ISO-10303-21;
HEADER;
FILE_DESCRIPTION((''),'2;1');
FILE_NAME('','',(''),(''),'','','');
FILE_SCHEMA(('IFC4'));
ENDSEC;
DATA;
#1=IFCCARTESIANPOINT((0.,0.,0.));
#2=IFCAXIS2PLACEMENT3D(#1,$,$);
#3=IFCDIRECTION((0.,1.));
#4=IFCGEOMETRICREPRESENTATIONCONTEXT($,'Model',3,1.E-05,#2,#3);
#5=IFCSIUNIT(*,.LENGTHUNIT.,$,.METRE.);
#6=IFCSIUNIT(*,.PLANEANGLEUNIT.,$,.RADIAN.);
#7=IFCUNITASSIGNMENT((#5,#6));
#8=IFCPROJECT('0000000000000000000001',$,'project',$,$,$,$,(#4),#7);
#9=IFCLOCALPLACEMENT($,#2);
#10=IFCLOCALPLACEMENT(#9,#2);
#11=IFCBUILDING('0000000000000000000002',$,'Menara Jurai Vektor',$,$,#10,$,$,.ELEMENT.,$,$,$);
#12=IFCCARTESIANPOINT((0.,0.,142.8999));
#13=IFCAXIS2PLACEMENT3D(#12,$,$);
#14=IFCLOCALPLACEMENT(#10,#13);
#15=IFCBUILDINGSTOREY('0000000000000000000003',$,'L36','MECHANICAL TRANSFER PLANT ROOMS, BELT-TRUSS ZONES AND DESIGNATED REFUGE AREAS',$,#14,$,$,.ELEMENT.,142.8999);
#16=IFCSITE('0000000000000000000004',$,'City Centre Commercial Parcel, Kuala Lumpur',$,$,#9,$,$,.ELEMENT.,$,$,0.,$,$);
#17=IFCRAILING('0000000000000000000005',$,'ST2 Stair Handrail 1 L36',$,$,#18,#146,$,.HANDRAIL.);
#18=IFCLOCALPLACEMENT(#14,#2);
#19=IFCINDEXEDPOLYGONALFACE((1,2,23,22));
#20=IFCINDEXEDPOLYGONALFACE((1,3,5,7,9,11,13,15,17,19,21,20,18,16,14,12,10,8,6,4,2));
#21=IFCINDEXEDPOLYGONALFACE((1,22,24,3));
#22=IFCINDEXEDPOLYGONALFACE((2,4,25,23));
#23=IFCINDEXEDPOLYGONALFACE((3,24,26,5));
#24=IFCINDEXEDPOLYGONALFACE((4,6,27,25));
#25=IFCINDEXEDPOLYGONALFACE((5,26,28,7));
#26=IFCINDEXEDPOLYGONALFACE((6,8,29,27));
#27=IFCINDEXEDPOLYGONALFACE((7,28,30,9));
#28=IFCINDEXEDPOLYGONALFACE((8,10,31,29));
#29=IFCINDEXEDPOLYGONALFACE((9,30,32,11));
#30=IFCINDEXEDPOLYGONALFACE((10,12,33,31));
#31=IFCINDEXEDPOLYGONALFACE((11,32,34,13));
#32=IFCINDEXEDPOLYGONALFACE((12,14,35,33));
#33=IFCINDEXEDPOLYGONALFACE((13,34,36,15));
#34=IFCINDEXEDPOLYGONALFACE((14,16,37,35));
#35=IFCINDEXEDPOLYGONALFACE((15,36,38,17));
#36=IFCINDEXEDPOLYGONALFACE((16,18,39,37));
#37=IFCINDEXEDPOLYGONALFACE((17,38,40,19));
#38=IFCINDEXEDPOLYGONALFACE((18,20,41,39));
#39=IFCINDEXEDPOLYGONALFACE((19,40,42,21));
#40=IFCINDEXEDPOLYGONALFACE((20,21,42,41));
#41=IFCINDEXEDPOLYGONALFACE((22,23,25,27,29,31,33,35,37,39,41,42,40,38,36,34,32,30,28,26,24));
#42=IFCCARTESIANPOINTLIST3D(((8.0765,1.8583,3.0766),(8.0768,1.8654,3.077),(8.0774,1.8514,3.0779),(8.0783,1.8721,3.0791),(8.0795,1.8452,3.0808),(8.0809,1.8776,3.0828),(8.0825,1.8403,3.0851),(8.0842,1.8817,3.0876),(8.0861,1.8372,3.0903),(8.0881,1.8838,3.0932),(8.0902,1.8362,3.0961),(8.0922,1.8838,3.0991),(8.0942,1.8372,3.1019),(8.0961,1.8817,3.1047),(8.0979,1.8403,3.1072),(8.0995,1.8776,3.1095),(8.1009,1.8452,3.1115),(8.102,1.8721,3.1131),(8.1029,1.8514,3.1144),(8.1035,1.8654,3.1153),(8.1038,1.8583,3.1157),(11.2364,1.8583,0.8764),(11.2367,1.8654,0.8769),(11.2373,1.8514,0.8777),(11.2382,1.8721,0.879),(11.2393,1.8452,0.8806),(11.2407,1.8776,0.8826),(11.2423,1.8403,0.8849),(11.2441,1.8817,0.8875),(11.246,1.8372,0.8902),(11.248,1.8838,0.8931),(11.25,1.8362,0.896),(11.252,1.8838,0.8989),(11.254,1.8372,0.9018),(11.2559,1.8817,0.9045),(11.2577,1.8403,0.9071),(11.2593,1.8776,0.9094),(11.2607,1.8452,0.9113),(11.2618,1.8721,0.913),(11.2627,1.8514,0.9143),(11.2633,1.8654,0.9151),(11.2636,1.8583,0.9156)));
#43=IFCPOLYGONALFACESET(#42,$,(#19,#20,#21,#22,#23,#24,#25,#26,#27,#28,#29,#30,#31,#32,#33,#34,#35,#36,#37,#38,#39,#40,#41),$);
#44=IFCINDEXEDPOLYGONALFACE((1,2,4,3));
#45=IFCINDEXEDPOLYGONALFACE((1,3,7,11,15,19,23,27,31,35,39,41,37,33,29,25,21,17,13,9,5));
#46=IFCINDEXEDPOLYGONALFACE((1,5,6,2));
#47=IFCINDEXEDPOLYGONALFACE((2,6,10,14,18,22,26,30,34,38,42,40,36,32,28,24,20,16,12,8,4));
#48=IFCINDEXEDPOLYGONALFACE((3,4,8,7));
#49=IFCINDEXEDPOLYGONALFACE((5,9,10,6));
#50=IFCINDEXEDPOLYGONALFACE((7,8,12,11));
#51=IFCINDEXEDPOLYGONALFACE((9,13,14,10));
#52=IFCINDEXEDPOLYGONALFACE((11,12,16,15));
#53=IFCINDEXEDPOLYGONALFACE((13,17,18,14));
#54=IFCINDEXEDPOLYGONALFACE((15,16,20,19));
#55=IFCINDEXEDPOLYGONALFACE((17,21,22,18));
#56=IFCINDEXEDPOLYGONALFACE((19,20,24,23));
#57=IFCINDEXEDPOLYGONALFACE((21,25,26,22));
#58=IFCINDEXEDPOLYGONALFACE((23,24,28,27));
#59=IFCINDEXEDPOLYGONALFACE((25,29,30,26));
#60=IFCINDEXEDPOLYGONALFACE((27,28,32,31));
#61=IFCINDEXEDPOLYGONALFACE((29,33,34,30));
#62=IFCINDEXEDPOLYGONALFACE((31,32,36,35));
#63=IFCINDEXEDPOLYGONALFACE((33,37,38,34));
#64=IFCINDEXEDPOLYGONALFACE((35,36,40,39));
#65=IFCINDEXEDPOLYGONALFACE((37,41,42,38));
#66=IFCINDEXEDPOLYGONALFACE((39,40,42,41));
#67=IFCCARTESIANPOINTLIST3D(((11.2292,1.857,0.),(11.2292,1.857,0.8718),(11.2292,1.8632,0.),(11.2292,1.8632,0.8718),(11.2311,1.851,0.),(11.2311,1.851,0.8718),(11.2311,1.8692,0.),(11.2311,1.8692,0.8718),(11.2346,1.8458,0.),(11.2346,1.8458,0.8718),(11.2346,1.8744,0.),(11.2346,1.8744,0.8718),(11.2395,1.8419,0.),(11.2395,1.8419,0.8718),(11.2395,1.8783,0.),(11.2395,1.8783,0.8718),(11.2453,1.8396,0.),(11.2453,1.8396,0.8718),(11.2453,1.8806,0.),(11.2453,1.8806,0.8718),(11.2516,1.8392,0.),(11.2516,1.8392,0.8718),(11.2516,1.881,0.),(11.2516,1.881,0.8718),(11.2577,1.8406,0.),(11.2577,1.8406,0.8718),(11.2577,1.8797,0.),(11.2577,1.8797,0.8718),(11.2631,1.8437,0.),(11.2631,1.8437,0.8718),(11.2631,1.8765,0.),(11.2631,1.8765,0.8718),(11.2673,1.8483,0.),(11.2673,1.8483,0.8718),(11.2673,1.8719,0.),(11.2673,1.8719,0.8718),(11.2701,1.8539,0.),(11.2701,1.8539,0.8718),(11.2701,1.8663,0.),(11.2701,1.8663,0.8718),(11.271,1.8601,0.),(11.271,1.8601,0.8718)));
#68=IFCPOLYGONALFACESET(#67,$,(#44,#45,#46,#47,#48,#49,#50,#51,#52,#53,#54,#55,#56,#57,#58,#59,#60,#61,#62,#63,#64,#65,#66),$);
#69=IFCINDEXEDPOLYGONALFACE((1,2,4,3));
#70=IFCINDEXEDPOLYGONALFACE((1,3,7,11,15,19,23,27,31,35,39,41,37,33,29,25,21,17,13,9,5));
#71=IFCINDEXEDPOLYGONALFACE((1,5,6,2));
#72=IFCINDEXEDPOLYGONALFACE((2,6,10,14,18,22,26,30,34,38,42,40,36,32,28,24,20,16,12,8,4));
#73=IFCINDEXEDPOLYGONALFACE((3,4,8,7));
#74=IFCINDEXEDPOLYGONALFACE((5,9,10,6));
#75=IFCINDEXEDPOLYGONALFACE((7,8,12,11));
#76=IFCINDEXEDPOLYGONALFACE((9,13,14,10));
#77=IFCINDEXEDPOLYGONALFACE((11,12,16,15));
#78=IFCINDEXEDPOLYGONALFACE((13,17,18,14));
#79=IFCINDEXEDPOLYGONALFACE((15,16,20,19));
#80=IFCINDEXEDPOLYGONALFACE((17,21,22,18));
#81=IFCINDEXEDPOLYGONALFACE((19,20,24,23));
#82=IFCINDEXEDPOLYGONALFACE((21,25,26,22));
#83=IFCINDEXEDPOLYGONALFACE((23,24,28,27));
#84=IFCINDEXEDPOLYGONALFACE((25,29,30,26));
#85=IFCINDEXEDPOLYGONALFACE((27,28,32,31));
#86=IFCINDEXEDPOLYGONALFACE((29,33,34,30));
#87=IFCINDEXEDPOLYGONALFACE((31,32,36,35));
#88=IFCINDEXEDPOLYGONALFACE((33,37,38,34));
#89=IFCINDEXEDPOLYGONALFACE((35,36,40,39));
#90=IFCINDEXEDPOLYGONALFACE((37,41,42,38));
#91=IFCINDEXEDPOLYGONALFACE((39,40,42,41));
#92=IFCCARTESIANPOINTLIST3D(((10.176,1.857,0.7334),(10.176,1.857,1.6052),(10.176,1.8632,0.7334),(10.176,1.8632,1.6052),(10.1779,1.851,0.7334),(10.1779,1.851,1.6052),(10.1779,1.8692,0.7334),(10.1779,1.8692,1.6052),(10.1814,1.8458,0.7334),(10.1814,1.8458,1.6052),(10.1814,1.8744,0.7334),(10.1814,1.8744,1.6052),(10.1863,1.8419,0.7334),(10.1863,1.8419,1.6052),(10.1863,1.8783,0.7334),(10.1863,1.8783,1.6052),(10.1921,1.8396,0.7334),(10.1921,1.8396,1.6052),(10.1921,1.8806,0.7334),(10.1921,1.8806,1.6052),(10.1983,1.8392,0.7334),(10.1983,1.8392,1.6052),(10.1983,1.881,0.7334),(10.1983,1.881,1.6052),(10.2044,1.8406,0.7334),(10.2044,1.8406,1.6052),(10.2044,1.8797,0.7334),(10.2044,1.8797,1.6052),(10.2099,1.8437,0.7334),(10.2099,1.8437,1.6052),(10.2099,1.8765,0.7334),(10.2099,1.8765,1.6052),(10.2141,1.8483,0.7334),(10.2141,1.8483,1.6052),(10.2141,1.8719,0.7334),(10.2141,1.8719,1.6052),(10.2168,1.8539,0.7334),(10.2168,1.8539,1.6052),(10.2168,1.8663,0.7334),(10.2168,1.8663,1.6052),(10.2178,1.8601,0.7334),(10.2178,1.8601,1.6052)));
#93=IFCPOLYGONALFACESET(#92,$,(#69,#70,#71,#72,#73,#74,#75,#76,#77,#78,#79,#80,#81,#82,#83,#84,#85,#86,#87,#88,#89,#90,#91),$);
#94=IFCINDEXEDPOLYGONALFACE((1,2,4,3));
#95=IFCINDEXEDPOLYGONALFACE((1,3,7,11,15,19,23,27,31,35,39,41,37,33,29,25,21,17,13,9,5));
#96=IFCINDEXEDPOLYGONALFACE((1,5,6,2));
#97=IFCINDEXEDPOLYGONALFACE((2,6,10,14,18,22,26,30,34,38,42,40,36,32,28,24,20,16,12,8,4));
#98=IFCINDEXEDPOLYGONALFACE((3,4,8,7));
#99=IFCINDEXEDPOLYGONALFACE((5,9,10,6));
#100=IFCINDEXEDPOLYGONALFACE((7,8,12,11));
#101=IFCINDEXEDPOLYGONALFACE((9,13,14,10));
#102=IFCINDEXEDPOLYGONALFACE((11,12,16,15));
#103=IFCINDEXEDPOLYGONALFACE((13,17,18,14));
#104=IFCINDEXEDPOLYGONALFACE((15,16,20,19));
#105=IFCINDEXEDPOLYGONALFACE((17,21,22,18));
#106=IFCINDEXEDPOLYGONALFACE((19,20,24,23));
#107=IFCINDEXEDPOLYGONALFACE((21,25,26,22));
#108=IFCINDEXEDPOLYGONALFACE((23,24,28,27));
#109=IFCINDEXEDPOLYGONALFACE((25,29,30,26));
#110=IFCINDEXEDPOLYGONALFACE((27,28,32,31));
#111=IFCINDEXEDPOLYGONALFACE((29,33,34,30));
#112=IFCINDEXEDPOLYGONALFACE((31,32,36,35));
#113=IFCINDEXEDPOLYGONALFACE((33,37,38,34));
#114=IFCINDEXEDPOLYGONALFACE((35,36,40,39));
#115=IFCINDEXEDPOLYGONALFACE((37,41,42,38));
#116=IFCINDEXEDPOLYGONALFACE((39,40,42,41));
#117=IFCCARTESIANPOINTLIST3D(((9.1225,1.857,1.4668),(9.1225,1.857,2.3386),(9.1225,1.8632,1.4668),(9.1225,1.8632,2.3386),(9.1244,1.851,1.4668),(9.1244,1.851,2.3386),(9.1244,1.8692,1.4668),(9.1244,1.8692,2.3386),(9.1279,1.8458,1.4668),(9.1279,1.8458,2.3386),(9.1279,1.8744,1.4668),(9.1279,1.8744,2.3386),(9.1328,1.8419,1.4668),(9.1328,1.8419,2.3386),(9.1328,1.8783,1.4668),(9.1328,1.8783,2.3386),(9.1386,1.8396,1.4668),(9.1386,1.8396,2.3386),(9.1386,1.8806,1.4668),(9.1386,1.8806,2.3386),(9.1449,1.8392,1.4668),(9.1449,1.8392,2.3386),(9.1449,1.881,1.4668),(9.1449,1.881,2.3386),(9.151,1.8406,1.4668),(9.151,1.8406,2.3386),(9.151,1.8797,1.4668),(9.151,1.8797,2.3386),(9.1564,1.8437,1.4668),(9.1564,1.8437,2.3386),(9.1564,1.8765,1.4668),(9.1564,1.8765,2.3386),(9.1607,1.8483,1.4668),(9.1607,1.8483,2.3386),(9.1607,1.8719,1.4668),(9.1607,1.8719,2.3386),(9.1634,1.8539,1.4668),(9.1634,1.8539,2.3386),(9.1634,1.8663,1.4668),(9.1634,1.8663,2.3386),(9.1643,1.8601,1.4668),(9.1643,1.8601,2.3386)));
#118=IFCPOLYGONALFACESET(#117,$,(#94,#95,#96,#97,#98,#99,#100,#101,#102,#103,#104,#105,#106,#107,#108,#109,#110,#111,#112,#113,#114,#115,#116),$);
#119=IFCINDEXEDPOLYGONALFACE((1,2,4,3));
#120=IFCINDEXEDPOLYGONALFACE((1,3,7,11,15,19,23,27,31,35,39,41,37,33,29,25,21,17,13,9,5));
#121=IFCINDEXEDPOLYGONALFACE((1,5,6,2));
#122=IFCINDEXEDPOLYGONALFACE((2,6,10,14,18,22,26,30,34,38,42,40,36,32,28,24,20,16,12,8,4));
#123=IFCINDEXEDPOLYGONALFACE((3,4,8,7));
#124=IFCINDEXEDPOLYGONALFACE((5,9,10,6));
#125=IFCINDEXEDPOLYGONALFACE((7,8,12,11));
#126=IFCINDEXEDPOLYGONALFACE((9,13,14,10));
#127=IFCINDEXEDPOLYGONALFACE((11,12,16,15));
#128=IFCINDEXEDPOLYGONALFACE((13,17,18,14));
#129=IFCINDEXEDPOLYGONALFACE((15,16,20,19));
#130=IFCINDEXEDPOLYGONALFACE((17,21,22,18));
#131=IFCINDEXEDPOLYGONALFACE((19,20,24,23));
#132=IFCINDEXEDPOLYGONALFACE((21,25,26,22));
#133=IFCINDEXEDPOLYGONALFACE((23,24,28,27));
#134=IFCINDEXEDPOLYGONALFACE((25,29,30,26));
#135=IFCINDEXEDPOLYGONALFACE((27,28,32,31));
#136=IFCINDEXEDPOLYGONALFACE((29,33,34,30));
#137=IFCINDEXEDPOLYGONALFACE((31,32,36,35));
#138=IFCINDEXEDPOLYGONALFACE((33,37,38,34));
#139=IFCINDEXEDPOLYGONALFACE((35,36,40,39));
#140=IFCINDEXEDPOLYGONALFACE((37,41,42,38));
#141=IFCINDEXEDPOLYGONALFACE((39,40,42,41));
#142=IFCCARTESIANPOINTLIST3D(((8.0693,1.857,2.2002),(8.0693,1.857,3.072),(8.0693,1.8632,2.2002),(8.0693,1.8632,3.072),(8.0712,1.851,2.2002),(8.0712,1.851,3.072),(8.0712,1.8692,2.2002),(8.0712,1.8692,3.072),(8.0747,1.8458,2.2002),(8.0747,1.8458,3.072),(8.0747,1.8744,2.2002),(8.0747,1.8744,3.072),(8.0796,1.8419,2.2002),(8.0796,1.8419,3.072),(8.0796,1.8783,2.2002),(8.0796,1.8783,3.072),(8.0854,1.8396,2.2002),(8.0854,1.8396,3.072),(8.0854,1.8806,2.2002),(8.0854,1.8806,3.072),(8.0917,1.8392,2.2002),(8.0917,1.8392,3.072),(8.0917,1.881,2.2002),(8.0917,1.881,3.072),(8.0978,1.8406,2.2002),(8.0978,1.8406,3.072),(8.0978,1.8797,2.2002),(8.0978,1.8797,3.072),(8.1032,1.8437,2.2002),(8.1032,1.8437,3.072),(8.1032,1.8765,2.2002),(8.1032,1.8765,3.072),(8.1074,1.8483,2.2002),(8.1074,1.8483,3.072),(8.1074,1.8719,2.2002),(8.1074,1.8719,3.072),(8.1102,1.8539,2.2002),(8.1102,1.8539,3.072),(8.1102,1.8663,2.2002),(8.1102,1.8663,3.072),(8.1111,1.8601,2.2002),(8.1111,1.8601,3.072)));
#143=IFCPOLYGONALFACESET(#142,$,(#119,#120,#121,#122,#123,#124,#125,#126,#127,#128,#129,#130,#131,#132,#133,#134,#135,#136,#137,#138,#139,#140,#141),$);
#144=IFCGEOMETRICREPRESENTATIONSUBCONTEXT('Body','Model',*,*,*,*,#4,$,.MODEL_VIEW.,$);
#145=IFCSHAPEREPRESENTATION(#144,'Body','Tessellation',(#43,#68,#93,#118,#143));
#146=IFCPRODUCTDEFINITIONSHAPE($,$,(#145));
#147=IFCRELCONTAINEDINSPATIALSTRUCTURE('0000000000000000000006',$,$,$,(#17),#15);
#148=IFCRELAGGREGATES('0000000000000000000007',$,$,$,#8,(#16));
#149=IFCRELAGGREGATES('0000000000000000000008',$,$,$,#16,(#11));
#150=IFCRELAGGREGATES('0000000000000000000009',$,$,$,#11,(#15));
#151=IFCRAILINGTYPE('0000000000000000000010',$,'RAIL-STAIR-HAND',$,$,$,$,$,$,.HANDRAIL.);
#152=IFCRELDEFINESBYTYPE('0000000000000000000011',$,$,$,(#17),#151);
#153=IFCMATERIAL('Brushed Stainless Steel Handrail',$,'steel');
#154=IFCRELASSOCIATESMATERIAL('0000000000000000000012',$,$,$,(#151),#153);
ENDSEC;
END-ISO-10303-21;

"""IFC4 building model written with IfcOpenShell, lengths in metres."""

from ifc_helpers import new_model, si_unit, direction, frame, origin, origin_2d, place, context, subcontext, project, spatial, circle, extrude, material, type_object, element, save


model = new_model("IFC4")

# Units and contexts
model_context = context("Model", 3, precision=1e-05, world=origin(), true_north=direction((0.0, 1.0)))
body_context = subcontext(model_context, "Body", "Model", "MODEL_VIEW")
ifc_project = project(units=[si_unit("LENGTHUNIT", "METRE"), si_unit("PLANEANGLEUNIT", "RADIAN")], contexts=[model_context])

# Site, building, storey
site_placement = place(None, origin())
site = spatial("IfcSite", under=ifc_project, at=site_placement, Name="City Centre Commercial Parcel, Kuala Lumpur", CompositionType="ELEMENT", RefElevation=0.0)
building_placement = place(site_placement, origin())
building = spatial("IfcBuilding", under=site, at=building_placement, Name="Menara Jurai Vektor", CompositionType="ELEMENT")
storey_placement = place(building_placement, frame((0.0, 0.0, 142.8999)))
storey = spatial("IfcBuildingStorey", under=building, at=storey_placement, Name="L36", Description="MECHANICAL TRANSFER PLANT ROOMS, BELT-TRUSS ZONES AND DESIGNATED REFUGE AREAS", CompositionType="ELEMENT", Elevation=142.8999)

# Railing
ifc_material_1 = material(Name="Brushed Stainless Steel Handrail", Category="steel")
railing_type_1 = type_object("IfcRailingType", Name="RAIL-STAIR-HAND", PredefinedType="HANDRAIL", material=ifc_material_1)
railing_1_placement = place(storey_placement, frame((11.25, 1.8601, 0.0)))
element("IfcRailing", 1, at=railing_1_placement, inside=storey, type_object=railing_type_1, Name="ST2 Stair Handrail 1 L36", PredefinedType="HANDRAIL", context=body_context, shape_type="SweptSolid", body=[
    extrude(circle(Radius=0.0239, at=origin_2d()), frame((0.0, 0.0, 0.896), z_axis=(-0.820662, 0.0, 0.571414), x_axis=(0.0, -1.0, 0.0)), (0.0, 0.0, 1.0), 3.8503),
    extrude(circle(Radius=0.021, at=origin_2d()), origin(), (0.0, 0.0, 1.0), 0.8718),
    extrude(circle(Radius=0.021, at=origin_2d()), frame((-1.0532, 0.0, 0.7334)), (0.0, 0.0, 1.0), 0.8718),
    extrude(circle(Radius=0.021, at=origin_2d()), frame((-2.1067, 0.0, 1.4668)), (0.0, 0.0, 1.0), 0.8718),
    extrude(circle(Radius=0.021, at=origin_2d()), frame((-3.1599, 0.0, 2.2002)), (0.0, 0.0, 1.0), 0.8718),
])

save(model, "model.ifc")
